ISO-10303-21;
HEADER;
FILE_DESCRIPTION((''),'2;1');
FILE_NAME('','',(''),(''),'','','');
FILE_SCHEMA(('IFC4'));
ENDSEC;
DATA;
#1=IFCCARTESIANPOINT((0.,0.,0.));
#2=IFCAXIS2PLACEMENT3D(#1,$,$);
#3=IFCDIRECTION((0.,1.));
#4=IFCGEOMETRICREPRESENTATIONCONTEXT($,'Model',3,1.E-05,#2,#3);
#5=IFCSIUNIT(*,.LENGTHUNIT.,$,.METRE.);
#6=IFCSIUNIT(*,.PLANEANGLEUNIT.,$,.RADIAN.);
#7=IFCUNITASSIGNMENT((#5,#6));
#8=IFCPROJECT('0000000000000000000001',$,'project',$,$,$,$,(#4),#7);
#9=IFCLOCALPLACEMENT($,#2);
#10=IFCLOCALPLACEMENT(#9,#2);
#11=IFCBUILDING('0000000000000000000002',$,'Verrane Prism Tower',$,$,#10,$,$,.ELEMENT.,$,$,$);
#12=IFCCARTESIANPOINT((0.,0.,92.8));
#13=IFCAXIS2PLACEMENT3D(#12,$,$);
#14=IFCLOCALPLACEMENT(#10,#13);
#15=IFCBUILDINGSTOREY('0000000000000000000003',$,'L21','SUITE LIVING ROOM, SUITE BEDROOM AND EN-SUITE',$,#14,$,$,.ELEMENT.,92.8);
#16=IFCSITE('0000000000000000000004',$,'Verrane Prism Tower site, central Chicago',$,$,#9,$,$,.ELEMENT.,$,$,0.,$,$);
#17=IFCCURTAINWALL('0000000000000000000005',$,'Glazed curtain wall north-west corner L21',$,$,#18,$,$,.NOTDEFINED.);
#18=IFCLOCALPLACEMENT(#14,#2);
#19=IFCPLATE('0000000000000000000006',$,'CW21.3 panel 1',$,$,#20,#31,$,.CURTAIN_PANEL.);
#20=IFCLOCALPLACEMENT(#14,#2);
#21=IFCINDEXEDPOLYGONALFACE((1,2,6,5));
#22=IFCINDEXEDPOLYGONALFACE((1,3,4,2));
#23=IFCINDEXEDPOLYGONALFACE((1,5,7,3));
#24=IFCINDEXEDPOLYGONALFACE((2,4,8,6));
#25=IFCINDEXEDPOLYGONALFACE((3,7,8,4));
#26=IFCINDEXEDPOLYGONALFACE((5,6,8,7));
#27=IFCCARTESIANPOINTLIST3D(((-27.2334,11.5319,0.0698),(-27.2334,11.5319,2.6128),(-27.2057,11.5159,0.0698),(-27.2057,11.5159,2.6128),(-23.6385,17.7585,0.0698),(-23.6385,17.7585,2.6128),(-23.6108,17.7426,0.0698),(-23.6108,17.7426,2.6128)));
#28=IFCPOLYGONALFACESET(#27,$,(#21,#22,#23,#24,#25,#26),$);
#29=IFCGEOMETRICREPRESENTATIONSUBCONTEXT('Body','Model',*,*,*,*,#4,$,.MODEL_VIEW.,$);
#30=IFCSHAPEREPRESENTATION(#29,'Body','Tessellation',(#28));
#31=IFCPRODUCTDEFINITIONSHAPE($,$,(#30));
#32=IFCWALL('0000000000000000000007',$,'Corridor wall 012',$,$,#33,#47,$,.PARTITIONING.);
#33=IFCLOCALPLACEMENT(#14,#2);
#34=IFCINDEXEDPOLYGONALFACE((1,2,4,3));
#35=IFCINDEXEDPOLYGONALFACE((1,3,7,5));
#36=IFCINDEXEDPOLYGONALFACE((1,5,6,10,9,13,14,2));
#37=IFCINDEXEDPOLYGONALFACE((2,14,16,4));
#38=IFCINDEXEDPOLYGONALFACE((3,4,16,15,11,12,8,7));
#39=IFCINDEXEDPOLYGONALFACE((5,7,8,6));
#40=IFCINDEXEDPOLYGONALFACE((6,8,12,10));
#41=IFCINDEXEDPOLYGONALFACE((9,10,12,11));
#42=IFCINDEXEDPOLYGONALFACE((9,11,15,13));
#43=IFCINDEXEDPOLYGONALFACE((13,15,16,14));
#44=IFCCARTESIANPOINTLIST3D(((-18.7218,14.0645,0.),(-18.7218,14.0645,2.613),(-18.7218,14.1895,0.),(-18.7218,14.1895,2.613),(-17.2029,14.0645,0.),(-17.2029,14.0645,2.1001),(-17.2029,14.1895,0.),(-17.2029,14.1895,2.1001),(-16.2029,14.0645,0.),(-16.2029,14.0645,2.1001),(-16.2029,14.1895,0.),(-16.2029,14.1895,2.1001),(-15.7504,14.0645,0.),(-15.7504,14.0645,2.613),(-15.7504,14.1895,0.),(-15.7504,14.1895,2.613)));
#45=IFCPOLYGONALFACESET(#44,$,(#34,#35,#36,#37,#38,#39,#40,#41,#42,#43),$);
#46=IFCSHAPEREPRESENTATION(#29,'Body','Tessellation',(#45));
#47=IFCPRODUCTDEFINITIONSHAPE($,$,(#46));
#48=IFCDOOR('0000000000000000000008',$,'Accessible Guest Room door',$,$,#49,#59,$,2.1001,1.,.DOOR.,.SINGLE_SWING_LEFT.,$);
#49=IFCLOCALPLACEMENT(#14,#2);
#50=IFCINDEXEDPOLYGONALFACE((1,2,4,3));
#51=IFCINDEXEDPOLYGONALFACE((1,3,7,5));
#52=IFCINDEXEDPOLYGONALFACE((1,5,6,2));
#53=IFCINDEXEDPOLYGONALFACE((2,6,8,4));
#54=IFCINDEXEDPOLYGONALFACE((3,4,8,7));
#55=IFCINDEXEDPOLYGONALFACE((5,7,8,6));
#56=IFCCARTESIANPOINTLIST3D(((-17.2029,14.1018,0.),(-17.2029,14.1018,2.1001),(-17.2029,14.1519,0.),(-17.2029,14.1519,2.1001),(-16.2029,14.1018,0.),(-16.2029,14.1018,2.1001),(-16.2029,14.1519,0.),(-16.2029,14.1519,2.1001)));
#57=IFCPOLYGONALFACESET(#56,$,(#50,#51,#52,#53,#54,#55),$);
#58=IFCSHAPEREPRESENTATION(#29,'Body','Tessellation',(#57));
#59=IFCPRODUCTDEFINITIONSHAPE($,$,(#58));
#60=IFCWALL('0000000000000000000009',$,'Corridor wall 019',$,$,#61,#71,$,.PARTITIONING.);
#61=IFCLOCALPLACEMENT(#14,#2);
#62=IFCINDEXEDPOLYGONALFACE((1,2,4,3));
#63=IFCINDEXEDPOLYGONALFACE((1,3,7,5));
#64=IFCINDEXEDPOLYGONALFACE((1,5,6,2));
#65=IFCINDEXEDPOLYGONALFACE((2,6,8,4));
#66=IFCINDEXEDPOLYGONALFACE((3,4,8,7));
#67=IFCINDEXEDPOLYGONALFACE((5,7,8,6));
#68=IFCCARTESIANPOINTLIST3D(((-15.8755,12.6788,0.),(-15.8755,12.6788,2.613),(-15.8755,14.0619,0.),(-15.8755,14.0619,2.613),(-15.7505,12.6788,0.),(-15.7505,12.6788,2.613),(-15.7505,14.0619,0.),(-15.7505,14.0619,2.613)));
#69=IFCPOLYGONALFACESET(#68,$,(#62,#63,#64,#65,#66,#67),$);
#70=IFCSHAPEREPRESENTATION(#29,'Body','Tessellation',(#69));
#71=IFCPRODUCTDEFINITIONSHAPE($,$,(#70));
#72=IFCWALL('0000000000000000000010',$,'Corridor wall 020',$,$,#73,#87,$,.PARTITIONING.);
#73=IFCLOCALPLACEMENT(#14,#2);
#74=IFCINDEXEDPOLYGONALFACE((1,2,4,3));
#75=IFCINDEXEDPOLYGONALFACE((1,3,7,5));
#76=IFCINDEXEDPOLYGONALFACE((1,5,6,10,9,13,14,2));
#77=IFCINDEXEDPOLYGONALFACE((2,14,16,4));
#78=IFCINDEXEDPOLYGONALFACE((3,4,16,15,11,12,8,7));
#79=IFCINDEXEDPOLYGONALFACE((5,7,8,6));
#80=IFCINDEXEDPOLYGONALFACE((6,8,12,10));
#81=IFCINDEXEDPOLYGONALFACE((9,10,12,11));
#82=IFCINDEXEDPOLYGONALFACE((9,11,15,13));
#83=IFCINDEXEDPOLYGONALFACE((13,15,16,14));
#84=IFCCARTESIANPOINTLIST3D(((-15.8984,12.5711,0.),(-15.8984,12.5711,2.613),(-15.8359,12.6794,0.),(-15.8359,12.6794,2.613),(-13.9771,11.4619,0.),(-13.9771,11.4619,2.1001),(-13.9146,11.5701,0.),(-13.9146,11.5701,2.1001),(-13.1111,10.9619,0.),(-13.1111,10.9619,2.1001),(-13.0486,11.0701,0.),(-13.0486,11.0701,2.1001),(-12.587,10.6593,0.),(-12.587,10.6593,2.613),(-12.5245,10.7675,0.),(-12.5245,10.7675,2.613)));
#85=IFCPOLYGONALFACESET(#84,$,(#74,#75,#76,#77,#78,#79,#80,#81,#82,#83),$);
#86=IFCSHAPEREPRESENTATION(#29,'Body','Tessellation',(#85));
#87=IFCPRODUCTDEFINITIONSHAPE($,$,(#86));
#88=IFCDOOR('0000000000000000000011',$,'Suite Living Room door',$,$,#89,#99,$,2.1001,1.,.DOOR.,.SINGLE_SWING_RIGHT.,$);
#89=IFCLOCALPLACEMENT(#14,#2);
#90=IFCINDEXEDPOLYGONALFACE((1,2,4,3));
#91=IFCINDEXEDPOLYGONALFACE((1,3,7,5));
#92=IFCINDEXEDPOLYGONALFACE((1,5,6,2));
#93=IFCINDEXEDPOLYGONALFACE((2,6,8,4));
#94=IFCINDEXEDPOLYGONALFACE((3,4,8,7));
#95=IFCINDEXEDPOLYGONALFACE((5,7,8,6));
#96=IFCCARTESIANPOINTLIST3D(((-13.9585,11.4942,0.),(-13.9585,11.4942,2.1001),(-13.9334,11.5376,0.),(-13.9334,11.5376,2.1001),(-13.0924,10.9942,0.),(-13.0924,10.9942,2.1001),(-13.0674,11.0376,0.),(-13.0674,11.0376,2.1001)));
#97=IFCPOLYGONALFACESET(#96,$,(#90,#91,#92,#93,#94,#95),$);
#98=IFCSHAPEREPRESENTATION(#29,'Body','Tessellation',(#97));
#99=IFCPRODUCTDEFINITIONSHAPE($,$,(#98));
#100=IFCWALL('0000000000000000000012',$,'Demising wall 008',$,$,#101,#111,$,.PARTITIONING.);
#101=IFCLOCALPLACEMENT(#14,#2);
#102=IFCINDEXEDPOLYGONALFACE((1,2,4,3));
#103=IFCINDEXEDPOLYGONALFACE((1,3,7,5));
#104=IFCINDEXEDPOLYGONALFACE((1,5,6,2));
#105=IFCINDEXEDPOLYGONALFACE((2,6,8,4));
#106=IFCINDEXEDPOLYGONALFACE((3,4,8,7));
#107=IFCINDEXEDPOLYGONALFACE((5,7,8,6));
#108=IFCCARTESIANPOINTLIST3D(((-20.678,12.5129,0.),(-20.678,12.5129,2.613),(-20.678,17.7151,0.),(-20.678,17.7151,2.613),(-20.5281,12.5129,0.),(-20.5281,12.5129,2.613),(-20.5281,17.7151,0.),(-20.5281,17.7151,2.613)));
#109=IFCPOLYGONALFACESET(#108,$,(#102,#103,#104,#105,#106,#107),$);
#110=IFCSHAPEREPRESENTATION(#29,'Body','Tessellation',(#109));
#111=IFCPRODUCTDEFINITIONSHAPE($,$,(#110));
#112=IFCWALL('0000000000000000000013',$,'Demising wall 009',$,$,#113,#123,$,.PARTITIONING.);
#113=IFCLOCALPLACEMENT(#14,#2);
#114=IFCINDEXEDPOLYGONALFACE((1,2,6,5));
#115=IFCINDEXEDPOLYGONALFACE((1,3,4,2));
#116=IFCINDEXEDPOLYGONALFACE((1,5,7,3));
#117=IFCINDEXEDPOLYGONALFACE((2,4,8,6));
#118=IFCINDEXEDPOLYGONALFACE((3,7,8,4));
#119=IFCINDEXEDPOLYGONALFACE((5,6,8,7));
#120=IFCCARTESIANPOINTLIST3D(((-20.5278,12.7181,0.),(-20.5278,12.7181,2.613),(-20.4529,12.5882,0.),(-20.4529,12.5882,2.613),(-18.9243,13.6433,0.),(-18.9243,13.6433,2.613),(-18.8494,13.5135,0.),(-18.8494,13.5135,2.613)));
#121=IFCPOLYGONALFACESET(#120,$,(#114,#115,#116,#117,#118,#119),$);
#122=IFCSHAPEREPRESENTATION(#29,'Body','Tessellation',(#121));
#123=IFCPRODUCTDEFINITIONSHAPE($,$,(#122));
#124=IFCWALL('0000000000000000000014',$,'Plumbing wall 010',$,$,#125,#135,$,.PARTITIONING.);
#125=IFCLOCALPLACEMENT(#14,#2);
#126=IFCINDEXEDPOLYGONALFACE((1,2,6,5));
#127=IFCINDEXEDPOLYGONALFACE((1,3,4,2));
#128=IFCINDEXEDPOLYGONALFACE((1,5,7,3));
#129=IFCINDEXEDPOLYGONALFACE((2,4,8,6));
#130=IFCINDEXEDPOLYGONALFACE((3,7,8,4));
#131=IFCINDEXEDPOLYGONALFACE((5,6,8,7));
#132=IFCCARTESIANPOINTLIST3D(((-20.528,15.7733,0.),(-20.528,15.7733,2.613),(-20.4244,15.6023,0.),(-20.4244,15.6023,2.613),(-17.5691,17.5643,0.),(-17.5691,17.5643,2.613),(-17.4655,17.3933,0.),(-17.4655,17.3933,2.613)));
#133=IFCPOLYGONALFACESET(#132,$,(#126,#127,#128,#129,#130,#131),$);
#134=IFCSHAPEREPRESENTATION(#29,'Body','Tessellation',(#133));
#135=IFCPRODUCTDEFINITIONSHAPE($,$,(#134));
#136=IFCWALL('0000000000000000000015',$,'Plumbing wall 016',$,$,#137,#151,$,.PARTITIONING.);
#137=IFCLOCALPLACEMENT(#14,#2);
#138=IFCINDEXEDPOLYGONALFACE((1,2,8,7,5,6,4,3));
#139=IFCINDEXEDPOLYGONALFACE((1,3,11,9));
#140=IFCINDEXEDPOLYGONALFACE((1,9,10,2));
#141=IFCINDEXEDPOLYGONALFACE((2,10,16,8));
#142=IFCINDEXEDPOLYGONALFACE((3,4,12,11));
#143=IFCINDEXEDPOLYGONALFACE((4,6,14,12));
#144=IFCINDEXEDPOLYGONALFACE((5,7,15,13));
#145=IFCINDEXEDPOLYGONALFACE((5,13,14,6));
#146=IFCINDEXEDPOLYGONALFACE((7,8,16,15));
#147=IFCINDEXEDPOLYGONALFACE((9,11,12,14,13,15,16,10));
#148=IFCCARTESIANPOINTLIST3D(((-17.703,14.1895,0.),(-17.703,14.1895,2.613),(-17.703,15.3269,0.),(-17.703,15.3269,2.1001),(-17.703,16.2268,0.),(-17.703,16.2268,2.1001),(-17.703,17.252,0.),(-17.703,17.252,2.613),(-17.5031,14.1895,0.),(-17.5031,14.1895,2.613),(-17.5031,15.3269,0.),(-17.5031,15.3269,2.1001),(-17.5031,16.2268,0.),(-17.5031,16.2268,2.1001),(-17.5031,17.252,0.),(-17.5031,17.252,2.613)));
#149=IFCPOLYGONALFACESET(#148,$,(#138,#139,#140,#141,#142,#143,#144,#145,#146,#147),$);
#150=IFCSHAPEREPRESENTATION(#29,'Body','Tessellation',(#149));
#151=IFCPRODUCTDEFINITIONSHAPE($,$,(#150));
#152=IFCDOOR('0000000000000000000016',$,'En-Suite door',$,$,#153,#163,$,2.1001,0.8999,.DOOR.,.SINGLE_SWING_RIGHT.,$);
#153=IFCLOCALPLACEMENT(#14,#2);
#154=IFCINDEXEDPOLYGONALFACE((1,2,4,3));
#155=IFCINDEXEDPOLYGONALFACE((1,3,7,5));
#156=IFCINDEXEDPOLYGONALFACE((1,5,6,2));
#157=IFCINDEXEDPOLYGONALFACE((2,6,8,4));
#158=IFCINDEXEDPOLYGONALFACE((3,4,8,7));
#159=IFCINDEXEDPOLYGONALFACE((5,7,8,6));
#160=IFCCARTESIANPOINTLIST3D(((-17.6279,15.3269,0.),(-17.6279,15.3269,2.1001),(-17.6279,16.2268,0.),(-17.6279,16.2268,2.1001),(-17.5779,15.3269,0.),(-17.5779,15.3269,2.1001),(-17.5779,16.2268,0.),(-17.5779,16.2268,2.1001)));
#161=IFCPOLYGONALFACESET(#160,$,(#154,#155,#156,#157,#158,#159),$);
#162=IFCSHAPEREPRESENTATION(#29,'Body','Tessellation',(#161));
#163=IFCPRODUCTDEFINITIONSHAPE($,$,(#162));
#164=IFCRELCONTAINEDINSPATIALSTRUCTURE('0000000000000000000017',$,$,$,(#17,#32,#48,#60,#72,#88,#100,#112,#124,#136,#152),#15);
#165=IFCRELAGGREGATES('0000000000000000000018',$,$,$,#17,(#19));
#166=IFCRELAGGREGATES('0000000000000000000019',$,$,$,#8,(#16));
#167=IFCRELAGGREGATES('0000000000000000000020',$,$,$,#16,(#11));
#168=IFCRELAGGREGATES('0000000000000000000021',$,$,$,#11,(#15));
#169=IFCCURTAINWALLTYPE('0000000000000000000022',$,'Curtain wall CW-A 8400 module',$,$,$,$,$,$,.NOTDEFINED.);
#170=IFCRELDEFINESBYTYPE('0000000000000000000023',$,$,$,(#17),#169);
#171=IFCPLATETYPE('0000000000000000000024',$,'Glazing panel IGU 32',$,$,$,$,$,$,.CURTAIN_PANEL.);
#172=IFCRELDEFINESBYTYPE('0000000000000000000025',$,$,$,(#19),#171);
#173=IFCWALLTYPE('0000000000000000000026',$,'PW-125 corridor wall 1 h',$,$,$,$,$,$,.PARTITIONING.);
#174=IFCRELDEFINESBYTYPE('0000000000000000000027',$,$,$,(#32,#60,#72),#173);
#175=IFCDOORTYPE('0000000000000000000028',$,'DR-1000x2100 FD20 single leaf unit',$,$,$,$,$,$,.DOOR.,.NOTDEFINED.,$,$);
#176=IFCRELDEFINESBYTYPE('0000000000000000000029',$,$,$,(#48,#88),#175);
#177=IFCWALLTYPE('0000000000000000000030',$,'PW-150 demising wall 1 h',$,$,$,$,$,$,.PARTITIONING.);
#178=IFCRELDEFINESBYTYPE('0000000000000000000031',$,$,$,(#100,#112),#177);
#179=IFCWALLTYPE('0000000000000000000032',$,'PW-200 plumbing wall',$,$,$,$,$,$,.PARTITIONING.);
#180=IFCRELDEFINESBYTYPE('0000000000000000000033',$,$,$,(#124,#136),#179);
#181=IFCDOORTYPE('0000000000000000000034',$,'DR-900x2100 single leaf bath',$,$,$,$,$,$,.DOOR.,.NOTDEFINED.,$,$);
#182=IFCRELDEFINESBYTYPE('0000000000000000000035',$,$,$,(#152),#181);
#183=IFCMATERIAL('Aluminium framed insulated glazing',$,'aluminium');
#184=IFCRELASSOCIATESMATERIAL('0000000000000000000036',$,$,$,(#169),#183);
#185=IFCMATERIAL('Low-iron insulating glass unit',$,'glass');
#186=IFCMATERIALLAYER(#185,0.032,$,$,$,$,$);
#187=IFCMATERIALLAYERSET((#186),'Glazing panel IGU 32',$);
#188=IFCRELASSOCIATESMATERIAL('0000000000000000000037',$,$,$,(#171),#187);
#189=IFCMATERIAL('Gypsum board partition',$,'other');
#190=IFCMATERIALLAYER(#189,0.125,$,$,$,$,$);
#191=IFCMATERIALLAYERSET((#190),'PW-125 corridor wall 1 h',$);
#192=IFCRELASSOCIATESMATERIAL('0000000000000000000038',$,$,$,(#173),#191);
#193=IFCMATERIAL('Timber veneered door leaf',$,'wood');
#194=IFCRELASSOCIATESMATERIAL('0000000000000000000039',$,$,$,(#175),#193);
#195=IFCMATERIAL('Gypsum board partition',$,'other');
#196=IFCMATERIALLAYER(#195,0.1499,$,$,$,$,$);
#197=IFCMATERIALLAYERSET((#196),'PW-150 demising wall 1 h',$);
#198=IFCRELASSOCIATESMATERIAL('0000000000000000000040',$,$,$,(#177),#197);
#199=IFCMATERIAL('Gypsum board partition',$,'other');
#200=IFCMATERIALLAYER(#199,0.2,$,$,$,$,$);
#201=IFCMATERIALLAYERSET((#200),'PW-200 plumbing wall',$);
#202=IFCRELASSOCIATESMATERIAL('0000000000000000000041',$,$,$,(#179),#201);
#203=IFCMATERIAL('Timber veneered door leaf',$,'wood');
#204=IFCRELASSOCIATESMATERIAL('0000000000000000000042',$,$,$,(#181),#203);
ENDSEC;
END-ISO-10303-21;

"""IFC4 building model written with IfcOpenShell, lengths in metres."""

from ifc_helpers import new_model, si_unit, direction, frame, frame_2d, origin, origin_2d, place, context, subcontext, project, spatial, rectangle, extrude, material, layer, layer_set, type_object, element, fill, aggregate, save


model = new_model("IFC4")

# Units and contexts
model_context = context("Model", 3, precision=1e-05, world=origin(), true_north=direction((0.0, 1.0)))
body_context = subcontext(model_context, "Body", "Model", "MODEL_VIEW")
ifc_project = project(units=[si_unit("LENGTHUNIT", "METRE"), si_unit("PLANEANGLEUNIT", "RADIAN")], contexts=[model_context])

# Site, building, storey
site_placement = place(None, origin())
site = spatial("IfcSite", under=ifc_project, at=site_placement, Name="Verrane Prism Tower site, central Chicago", CompositionType="ELEMENT", RefElevation=0.0)
building_placement = place(site_placement, origin())
building = spatial("IfcBuilding", under=site, at=building_placement, Name="Verrane Prism Tower", CompositionType="ELEMENT")
storey_placement = place(building_placement, frame((0.0, 0.0, 92.8)))
storey = spatial("IfcBuildingStorey", under=building, at=storey_placement, Name="L21", Description="SUITE LIVING ROOM, SUITE BEDROOM AND EN-SUITE", CompositionType="ELEMENT", Elevation=92.8)

# Curtain wall
ifc_material_1 = material(Name="Aluminium framed insulated glazing", Category="aluminium")
curtain_wall_type_1 = type_object("IfcCurtainWallType", Name="Curtain wall CW-A 8400 module", PredefinedType="NOTDEFINED", material=ifc_material_1)
curtain_wall_1_placement = place(storey_placement, origin())
curtain_wall_1 = element("IfcCurtainWall", 1, at=curtain_wall_1_placement, inside=storey, type_object=curtain_wall_type_1, Name="Glazed curtain wall north-west corner L21", PredefinedType="NOTDEFINED")

# Plate
ifc_material_2 = material(Name="Low-iron insulating glass unit", Category="glass")
ifc_layer_1 = layer(ifc_material_2, 0.032)
ifc_layer_set_1 = layer_set([ifc_layer_1], Name="Glazing panel IGU 32")
plate_type_1 = type_object("IfcPlateType", Name="Glazing panel IGU 32", PredefinedType="CURTAIN_PANEL", material=ifc_layer_set_1)
plate_1_placement = place(storey_placement, frame((-25.4221, 14.6372, 0.0698), z_axis=(0.0, 0.0, 1.0), x_axis=(-0.499998, -0.866026, 0.0)))
plate_1 = element("IfcPlate", 2, at=plate_1_placement, type_object=plate_type_1, Name="CW21.3 panel 1", PredefinedType="CURTAIN_PANEL", context=body_context, shape_type="SweptSolid", body=[
    extrude(rectangle(XDim=7.1899, YDim=0.032, at=origin_2d()), origin(), (0.0, 0.0, 1.0), 2.543),
])
aggregate(curtain_wall_1, [plate_1])

# Wall, opening, door
ifc_material_3 = material(Name="Gypsum board partition", Category="other")
ifc_layer_2 = layer(ifc_material_3, 0.125)
ifc_layer_set_2 = layer_set([ifc_layer_2], Name="PW-125 corridor wall 1 h")
wall_type_1 = type_object("IfcWallType", Name="PW-125 corridor wall 1 h", PredefinedType="PARTITIONING", material=ifc_layer_set_2)
wall_1_placement = place(storey_placement, frame((-18.7219, 14.127, 0.0), z_axis=(0.0, 0.0, 1.0), x_axis=(1.0, 0.0, 0.0)))
wall_1 = element("IfcWall", 3, at=wall_1_placement, inside=storey, type_object=wall_type_1, Name="Corridor wall 012", PredefinedType="PARTITIONING", context=body_context, shape_type="SweptSolid", body=[
    extrude(rectangle(XDim=2.9714, YDim=0.125, at=frame_2d((1.4858, 0.0))), origin(), (0.0, 0.0, 1.0), 2.613),
])
opening_1_placement = place(wall_1_placement, frame((1.519, 0.0, 0.0)))
opening_1 = element("IfcOpeningElement", 4, at=opening_1_placement, cuts=wall_1, PredefinedType="OPENING", context=body_context, shape_type="SweptSolid", body=[
    extrude(rectangle(XDim=1.0, YDim=2.1001, at=frame_2d((0.5, 1.05))), frame((0.0, 0.0725, 0.0), z_axis=(0.0, -1.0, 0.0), x_axis=(1.0, 0.0, 0.0)), (0.0, 0.0, 1.0), 0.145),
])
ifc_material_4 = material(Name="Timber veneered door leaf", Category="wood")
door_type_1 = type_object("IfcDoorType", Name="DR-1000x2100 FD20 single leaf unit", OperationType="NOTDEFINED", PredefinedType="DOOR", material=ifc_material_4)
door_1_placement = place(opening_1_placement, origin())
door_1 = element("IfcDoor", 5, at=door_1_placement, inside=storey, type_object=door_type_1, Name="Accessible Guest Room door", OperationType="SINGLE_SWING_LEFT", OverallHeight=2.1001, OverallWidth=1.0, PredefinedType="DOOR", context=body_context, shape_type="SweptSolid", body=[
    extrude(rectangle(XDim=1.0, YDim=2.1001, at=frame_2d((0.5, 1.05))), frame((0.0, 0.0249, 0.0), z_axis=(0.0, -1.0, 0.0), x_axis=(1.0, 0.0, 0.0)), (0.0, 0.0, 1.0), 0.05),
])
fill(opening_1, door_1)

# Wall
wall_2_placement = place(storey_placement, frame((-15.813, 12.679, 0.0), z_axis=(0.0, 0.0, 1.0), x_axis=(0.0, 1.0, 0.0)))
element("IfcWall", 6, at=wall_2_placement, inside=storey, type_object=wall_type_1, Name="Corridor wall 019", PredefinedType="PARTITIONING", context=body_context, shape_type="SweptSolid", body=[
    extrude(rectangle(XDim=1.3831, YDim=0.125, at=frame_2d((0.6914, 0.0))), origin(), (0.0, 0.0, 1.0), 2.613),
])

# Wall, opening, door
wall_3_placement = place(storey_placement, frame((-15.8672, 12.6252, 0.0), z_axis=(0.0, 0.0, 1.0), x_axis=(0.86603, -0.499991, 0.0)))
wall_3 = element("IfcWall", 7, at=wall_3_placement, inside=storey, type_object=wall_type_1, Name="Corridor wall 020", PredefinedType="PARTITIONING", context=body_context, shape_type="SweptSolid", body=[
    extrude(rectangle(XDim=3.8237, YDim=0.125, at=frame_2d((1.9119, 0.0))), origin(), (0.0, 0.0, 1.0), 2.613),
])
opening_2_placement = place(wall_3_placement, frame((2.2185, 0.0, 0.0)))
opening_2 = element("IfcOpeningElement", 8, at=opening_2_placement, cuts=wall_3, PredefinedType="OPENING", context=body_context, shape_type="SweptSolid", body=[
    extrude(rectangle(XDim=1.0, YDim=2.1001, at=frame_2d((0.5, 1.05))), frame((0.0, 0.0725, 0.0), z_axis=(0.0, -1.0, 0.0), x_axis=(1.0, 0.0, 0.0)), (0.0, 0.0, 1.0), 0.145),
])
door_2_placement = place(opening_2_placement, origin())
door_2 = element("IfcDoor", 9, at=door_2_placement, inside=storey, type_object=door_type_1, Name="Suite Living Room door", OperationType="SINGLE_SWING_RIGHT", OverallHeight=2.1001, OverallWidth=1.0, PredefinedType="DOOR", context=body_context, shape_type="SweptSolid", body=[
    extrude(rectangle(XDim=1.0, YDim=2.1001, at=frame_2d((0.5, 1.05))), frame((0.0, 0.0249, 0.0), z_axis=(0.0, -1.0, 0.0), x_axis=(1.0, 0.0, 0.0)), (0.0, 0.0, 1.0), 0.05),
])
fill(opening_2, door_2)

# Walls
ifc_material_5 = material(Name="Gypsum board partition", Category="other")
ifc_layer_3 = layer(ifc_material_5, 0.1499)
ifc_layer_set_3 = layer_set([ifc_layer_3], Name="PW-150 demising wall 1 h")
wall_type_2 = type_object("IfcWallType", Name="PW-150 demising wall 1 h", PredefinedType="PARTITIONING", material=ifc_layer_set_3)
wall_4_placement = place(storey_placement, frame((-20.603, 12.5129, 0.0), z_axis=(0.0, 0.0, 1.0), x_axis=(0.0, 1.0, 0.0)))
element("IfcWall", 10, at=wall_4_placement, inside=storey, type_object=wall_type_2, Name="Demising wall 008", PredefinedType="PARTITIONING", context=body_context, shape_type="SweptSolid", body=[
    extrude(rectangle(XDim=5.2021, YDim=0.1499, at=frame_2d((2.6011, 0.0))), origin(), (0.0, 0.0, 1.0), 2.613),
])
wall_5_placement = place(storey_placement, frame((-20.4905, 12.6531, 0.0), z_axis=(0.0, 0.0, 1.0), x_axis=(0.866142, 0.499799, 0.0)))
element("IfcWall", 11, at=wall_5_placement, inside=storey, type_object=wall_type_2, Name="Demising wall 009", PredefinedType="PARTITIONING", context=body_context, shape_type="SweptSolid", body=[
    extrude(rectangle(XDim=1.8513, YDim=0.1499, at=frame_2d((0.9258, 0.0))), origin(), (0.0, 0.0, 1.0), 2.613),
])
ifc_material_6 = material(Name="Gypsum board partition", Category="other")
ifc_layer_4 = layer(ifc_material_6, 0.2)
ifc_layer_set_4 = layer_set([ifc_layer_4], Name="PW-200 plumbing wall")
wall_type_3 = type_object("IfcWallType", Name="PW-200 plumbing wall", PredefinedType="PARTITIONING", material=ifc_layer_set_4)
wall_6_placement = place(storey_placement, frame((-20.4763, 15.6877, 0.0), z_axis=(0.0, 0.0, 1.0), x_axis=(0.855493, 0.517814, 0.0)))
element("IfcWall", 12, at=wall_6_placement, inside=storey, type_object=wall_type_3, Name="Plumbing wall 010", PredefinedType="PARTITIONING", context=body_context, shape_type="SweptSolid", body=[
    extrude(rectangle(XDim=3.4587, YDim=0.2, at=frame_2d((1.7295, 0.0))), origin(), (0.0, 0.0, 1.0), 2.613),
])

# Wall, opening, door
wall_7_placement = place(storey_placement, frame((-17.603, 14.1895, 0.0), z_axis=(0.0, 0.0, 1.0), x_axis=(0.0, 1.0, 0.0)))
wall_7 = element("IfcWall", 13, at=wall_7_placement, inside=storey, type_object=wall_type_3, Name="Plumbing wall 016", PredefinedType="PARTITIONING", context=body_context, shape_type="SweptSolid", body=[
    extrude(rectangle(XDim=3.0625, YDim=0.2, at=frame_2d((1.5312, 0.0))), origin(), (0.0, 0.0, 1.0), 2.613),
])
opening_3_placement = place(wall_7_placement, frame((1.1375, 0.0, 0.0)))
opening_3 = element("IfcOpeningElement", 14, at=opening_3_placement, cuts=wall_7, PredefinedType="OPENING", context=body_context, shape_type="SweptSolid", body=[
    extrude(rectangle(XDim=0.8999, YDim=2.1001, at=frame_2d((0.45, 1.05))), frame((0.0, 0.1099, 0.0), z_axis=(0.0, -1.0, 0.0), x_axis=(1.0, 0.0, 0.0)), (0.0, 0.0, 1.0), 0.22),
])
ifc_material_7 = material(Name="Timber veneered door leaf", Category="wood")
door_type_2 = type_object("IfcDoorType", Name="DR-900x2100 single leaf bath", OperationType="NOTDEFINED", PredefinedType="DOOR", material=ifc_material_7)
door_3_placement = place(opening_3_placement, origin())
door_3 = element("IfcDoor", 15, at=door_3_placement, inside=storey, type_object=door_type_2, Name="En-Suite door", OperationType="SINGLE_SWING_RIGHT", OverallHeight=2.1001, OverallWidth=0.8999, PredefinedType="DOOR", context=body_context, shape_type="SweptSolid", body=[
    extrude(rectangle(XDim=0.8999, YDim=2.1001, at=frame_2d((0.45, 1.05))), frame((0.0, 0.0249, 0.0), z_axis=(0.0, -1.0, 0.0), x_axis=(1.0, 0.0, 0.0)), (0.0, 0.0, 1.0), 0.05),
])
fill(opening_3, door_3)

save(model, "model.ifc")
